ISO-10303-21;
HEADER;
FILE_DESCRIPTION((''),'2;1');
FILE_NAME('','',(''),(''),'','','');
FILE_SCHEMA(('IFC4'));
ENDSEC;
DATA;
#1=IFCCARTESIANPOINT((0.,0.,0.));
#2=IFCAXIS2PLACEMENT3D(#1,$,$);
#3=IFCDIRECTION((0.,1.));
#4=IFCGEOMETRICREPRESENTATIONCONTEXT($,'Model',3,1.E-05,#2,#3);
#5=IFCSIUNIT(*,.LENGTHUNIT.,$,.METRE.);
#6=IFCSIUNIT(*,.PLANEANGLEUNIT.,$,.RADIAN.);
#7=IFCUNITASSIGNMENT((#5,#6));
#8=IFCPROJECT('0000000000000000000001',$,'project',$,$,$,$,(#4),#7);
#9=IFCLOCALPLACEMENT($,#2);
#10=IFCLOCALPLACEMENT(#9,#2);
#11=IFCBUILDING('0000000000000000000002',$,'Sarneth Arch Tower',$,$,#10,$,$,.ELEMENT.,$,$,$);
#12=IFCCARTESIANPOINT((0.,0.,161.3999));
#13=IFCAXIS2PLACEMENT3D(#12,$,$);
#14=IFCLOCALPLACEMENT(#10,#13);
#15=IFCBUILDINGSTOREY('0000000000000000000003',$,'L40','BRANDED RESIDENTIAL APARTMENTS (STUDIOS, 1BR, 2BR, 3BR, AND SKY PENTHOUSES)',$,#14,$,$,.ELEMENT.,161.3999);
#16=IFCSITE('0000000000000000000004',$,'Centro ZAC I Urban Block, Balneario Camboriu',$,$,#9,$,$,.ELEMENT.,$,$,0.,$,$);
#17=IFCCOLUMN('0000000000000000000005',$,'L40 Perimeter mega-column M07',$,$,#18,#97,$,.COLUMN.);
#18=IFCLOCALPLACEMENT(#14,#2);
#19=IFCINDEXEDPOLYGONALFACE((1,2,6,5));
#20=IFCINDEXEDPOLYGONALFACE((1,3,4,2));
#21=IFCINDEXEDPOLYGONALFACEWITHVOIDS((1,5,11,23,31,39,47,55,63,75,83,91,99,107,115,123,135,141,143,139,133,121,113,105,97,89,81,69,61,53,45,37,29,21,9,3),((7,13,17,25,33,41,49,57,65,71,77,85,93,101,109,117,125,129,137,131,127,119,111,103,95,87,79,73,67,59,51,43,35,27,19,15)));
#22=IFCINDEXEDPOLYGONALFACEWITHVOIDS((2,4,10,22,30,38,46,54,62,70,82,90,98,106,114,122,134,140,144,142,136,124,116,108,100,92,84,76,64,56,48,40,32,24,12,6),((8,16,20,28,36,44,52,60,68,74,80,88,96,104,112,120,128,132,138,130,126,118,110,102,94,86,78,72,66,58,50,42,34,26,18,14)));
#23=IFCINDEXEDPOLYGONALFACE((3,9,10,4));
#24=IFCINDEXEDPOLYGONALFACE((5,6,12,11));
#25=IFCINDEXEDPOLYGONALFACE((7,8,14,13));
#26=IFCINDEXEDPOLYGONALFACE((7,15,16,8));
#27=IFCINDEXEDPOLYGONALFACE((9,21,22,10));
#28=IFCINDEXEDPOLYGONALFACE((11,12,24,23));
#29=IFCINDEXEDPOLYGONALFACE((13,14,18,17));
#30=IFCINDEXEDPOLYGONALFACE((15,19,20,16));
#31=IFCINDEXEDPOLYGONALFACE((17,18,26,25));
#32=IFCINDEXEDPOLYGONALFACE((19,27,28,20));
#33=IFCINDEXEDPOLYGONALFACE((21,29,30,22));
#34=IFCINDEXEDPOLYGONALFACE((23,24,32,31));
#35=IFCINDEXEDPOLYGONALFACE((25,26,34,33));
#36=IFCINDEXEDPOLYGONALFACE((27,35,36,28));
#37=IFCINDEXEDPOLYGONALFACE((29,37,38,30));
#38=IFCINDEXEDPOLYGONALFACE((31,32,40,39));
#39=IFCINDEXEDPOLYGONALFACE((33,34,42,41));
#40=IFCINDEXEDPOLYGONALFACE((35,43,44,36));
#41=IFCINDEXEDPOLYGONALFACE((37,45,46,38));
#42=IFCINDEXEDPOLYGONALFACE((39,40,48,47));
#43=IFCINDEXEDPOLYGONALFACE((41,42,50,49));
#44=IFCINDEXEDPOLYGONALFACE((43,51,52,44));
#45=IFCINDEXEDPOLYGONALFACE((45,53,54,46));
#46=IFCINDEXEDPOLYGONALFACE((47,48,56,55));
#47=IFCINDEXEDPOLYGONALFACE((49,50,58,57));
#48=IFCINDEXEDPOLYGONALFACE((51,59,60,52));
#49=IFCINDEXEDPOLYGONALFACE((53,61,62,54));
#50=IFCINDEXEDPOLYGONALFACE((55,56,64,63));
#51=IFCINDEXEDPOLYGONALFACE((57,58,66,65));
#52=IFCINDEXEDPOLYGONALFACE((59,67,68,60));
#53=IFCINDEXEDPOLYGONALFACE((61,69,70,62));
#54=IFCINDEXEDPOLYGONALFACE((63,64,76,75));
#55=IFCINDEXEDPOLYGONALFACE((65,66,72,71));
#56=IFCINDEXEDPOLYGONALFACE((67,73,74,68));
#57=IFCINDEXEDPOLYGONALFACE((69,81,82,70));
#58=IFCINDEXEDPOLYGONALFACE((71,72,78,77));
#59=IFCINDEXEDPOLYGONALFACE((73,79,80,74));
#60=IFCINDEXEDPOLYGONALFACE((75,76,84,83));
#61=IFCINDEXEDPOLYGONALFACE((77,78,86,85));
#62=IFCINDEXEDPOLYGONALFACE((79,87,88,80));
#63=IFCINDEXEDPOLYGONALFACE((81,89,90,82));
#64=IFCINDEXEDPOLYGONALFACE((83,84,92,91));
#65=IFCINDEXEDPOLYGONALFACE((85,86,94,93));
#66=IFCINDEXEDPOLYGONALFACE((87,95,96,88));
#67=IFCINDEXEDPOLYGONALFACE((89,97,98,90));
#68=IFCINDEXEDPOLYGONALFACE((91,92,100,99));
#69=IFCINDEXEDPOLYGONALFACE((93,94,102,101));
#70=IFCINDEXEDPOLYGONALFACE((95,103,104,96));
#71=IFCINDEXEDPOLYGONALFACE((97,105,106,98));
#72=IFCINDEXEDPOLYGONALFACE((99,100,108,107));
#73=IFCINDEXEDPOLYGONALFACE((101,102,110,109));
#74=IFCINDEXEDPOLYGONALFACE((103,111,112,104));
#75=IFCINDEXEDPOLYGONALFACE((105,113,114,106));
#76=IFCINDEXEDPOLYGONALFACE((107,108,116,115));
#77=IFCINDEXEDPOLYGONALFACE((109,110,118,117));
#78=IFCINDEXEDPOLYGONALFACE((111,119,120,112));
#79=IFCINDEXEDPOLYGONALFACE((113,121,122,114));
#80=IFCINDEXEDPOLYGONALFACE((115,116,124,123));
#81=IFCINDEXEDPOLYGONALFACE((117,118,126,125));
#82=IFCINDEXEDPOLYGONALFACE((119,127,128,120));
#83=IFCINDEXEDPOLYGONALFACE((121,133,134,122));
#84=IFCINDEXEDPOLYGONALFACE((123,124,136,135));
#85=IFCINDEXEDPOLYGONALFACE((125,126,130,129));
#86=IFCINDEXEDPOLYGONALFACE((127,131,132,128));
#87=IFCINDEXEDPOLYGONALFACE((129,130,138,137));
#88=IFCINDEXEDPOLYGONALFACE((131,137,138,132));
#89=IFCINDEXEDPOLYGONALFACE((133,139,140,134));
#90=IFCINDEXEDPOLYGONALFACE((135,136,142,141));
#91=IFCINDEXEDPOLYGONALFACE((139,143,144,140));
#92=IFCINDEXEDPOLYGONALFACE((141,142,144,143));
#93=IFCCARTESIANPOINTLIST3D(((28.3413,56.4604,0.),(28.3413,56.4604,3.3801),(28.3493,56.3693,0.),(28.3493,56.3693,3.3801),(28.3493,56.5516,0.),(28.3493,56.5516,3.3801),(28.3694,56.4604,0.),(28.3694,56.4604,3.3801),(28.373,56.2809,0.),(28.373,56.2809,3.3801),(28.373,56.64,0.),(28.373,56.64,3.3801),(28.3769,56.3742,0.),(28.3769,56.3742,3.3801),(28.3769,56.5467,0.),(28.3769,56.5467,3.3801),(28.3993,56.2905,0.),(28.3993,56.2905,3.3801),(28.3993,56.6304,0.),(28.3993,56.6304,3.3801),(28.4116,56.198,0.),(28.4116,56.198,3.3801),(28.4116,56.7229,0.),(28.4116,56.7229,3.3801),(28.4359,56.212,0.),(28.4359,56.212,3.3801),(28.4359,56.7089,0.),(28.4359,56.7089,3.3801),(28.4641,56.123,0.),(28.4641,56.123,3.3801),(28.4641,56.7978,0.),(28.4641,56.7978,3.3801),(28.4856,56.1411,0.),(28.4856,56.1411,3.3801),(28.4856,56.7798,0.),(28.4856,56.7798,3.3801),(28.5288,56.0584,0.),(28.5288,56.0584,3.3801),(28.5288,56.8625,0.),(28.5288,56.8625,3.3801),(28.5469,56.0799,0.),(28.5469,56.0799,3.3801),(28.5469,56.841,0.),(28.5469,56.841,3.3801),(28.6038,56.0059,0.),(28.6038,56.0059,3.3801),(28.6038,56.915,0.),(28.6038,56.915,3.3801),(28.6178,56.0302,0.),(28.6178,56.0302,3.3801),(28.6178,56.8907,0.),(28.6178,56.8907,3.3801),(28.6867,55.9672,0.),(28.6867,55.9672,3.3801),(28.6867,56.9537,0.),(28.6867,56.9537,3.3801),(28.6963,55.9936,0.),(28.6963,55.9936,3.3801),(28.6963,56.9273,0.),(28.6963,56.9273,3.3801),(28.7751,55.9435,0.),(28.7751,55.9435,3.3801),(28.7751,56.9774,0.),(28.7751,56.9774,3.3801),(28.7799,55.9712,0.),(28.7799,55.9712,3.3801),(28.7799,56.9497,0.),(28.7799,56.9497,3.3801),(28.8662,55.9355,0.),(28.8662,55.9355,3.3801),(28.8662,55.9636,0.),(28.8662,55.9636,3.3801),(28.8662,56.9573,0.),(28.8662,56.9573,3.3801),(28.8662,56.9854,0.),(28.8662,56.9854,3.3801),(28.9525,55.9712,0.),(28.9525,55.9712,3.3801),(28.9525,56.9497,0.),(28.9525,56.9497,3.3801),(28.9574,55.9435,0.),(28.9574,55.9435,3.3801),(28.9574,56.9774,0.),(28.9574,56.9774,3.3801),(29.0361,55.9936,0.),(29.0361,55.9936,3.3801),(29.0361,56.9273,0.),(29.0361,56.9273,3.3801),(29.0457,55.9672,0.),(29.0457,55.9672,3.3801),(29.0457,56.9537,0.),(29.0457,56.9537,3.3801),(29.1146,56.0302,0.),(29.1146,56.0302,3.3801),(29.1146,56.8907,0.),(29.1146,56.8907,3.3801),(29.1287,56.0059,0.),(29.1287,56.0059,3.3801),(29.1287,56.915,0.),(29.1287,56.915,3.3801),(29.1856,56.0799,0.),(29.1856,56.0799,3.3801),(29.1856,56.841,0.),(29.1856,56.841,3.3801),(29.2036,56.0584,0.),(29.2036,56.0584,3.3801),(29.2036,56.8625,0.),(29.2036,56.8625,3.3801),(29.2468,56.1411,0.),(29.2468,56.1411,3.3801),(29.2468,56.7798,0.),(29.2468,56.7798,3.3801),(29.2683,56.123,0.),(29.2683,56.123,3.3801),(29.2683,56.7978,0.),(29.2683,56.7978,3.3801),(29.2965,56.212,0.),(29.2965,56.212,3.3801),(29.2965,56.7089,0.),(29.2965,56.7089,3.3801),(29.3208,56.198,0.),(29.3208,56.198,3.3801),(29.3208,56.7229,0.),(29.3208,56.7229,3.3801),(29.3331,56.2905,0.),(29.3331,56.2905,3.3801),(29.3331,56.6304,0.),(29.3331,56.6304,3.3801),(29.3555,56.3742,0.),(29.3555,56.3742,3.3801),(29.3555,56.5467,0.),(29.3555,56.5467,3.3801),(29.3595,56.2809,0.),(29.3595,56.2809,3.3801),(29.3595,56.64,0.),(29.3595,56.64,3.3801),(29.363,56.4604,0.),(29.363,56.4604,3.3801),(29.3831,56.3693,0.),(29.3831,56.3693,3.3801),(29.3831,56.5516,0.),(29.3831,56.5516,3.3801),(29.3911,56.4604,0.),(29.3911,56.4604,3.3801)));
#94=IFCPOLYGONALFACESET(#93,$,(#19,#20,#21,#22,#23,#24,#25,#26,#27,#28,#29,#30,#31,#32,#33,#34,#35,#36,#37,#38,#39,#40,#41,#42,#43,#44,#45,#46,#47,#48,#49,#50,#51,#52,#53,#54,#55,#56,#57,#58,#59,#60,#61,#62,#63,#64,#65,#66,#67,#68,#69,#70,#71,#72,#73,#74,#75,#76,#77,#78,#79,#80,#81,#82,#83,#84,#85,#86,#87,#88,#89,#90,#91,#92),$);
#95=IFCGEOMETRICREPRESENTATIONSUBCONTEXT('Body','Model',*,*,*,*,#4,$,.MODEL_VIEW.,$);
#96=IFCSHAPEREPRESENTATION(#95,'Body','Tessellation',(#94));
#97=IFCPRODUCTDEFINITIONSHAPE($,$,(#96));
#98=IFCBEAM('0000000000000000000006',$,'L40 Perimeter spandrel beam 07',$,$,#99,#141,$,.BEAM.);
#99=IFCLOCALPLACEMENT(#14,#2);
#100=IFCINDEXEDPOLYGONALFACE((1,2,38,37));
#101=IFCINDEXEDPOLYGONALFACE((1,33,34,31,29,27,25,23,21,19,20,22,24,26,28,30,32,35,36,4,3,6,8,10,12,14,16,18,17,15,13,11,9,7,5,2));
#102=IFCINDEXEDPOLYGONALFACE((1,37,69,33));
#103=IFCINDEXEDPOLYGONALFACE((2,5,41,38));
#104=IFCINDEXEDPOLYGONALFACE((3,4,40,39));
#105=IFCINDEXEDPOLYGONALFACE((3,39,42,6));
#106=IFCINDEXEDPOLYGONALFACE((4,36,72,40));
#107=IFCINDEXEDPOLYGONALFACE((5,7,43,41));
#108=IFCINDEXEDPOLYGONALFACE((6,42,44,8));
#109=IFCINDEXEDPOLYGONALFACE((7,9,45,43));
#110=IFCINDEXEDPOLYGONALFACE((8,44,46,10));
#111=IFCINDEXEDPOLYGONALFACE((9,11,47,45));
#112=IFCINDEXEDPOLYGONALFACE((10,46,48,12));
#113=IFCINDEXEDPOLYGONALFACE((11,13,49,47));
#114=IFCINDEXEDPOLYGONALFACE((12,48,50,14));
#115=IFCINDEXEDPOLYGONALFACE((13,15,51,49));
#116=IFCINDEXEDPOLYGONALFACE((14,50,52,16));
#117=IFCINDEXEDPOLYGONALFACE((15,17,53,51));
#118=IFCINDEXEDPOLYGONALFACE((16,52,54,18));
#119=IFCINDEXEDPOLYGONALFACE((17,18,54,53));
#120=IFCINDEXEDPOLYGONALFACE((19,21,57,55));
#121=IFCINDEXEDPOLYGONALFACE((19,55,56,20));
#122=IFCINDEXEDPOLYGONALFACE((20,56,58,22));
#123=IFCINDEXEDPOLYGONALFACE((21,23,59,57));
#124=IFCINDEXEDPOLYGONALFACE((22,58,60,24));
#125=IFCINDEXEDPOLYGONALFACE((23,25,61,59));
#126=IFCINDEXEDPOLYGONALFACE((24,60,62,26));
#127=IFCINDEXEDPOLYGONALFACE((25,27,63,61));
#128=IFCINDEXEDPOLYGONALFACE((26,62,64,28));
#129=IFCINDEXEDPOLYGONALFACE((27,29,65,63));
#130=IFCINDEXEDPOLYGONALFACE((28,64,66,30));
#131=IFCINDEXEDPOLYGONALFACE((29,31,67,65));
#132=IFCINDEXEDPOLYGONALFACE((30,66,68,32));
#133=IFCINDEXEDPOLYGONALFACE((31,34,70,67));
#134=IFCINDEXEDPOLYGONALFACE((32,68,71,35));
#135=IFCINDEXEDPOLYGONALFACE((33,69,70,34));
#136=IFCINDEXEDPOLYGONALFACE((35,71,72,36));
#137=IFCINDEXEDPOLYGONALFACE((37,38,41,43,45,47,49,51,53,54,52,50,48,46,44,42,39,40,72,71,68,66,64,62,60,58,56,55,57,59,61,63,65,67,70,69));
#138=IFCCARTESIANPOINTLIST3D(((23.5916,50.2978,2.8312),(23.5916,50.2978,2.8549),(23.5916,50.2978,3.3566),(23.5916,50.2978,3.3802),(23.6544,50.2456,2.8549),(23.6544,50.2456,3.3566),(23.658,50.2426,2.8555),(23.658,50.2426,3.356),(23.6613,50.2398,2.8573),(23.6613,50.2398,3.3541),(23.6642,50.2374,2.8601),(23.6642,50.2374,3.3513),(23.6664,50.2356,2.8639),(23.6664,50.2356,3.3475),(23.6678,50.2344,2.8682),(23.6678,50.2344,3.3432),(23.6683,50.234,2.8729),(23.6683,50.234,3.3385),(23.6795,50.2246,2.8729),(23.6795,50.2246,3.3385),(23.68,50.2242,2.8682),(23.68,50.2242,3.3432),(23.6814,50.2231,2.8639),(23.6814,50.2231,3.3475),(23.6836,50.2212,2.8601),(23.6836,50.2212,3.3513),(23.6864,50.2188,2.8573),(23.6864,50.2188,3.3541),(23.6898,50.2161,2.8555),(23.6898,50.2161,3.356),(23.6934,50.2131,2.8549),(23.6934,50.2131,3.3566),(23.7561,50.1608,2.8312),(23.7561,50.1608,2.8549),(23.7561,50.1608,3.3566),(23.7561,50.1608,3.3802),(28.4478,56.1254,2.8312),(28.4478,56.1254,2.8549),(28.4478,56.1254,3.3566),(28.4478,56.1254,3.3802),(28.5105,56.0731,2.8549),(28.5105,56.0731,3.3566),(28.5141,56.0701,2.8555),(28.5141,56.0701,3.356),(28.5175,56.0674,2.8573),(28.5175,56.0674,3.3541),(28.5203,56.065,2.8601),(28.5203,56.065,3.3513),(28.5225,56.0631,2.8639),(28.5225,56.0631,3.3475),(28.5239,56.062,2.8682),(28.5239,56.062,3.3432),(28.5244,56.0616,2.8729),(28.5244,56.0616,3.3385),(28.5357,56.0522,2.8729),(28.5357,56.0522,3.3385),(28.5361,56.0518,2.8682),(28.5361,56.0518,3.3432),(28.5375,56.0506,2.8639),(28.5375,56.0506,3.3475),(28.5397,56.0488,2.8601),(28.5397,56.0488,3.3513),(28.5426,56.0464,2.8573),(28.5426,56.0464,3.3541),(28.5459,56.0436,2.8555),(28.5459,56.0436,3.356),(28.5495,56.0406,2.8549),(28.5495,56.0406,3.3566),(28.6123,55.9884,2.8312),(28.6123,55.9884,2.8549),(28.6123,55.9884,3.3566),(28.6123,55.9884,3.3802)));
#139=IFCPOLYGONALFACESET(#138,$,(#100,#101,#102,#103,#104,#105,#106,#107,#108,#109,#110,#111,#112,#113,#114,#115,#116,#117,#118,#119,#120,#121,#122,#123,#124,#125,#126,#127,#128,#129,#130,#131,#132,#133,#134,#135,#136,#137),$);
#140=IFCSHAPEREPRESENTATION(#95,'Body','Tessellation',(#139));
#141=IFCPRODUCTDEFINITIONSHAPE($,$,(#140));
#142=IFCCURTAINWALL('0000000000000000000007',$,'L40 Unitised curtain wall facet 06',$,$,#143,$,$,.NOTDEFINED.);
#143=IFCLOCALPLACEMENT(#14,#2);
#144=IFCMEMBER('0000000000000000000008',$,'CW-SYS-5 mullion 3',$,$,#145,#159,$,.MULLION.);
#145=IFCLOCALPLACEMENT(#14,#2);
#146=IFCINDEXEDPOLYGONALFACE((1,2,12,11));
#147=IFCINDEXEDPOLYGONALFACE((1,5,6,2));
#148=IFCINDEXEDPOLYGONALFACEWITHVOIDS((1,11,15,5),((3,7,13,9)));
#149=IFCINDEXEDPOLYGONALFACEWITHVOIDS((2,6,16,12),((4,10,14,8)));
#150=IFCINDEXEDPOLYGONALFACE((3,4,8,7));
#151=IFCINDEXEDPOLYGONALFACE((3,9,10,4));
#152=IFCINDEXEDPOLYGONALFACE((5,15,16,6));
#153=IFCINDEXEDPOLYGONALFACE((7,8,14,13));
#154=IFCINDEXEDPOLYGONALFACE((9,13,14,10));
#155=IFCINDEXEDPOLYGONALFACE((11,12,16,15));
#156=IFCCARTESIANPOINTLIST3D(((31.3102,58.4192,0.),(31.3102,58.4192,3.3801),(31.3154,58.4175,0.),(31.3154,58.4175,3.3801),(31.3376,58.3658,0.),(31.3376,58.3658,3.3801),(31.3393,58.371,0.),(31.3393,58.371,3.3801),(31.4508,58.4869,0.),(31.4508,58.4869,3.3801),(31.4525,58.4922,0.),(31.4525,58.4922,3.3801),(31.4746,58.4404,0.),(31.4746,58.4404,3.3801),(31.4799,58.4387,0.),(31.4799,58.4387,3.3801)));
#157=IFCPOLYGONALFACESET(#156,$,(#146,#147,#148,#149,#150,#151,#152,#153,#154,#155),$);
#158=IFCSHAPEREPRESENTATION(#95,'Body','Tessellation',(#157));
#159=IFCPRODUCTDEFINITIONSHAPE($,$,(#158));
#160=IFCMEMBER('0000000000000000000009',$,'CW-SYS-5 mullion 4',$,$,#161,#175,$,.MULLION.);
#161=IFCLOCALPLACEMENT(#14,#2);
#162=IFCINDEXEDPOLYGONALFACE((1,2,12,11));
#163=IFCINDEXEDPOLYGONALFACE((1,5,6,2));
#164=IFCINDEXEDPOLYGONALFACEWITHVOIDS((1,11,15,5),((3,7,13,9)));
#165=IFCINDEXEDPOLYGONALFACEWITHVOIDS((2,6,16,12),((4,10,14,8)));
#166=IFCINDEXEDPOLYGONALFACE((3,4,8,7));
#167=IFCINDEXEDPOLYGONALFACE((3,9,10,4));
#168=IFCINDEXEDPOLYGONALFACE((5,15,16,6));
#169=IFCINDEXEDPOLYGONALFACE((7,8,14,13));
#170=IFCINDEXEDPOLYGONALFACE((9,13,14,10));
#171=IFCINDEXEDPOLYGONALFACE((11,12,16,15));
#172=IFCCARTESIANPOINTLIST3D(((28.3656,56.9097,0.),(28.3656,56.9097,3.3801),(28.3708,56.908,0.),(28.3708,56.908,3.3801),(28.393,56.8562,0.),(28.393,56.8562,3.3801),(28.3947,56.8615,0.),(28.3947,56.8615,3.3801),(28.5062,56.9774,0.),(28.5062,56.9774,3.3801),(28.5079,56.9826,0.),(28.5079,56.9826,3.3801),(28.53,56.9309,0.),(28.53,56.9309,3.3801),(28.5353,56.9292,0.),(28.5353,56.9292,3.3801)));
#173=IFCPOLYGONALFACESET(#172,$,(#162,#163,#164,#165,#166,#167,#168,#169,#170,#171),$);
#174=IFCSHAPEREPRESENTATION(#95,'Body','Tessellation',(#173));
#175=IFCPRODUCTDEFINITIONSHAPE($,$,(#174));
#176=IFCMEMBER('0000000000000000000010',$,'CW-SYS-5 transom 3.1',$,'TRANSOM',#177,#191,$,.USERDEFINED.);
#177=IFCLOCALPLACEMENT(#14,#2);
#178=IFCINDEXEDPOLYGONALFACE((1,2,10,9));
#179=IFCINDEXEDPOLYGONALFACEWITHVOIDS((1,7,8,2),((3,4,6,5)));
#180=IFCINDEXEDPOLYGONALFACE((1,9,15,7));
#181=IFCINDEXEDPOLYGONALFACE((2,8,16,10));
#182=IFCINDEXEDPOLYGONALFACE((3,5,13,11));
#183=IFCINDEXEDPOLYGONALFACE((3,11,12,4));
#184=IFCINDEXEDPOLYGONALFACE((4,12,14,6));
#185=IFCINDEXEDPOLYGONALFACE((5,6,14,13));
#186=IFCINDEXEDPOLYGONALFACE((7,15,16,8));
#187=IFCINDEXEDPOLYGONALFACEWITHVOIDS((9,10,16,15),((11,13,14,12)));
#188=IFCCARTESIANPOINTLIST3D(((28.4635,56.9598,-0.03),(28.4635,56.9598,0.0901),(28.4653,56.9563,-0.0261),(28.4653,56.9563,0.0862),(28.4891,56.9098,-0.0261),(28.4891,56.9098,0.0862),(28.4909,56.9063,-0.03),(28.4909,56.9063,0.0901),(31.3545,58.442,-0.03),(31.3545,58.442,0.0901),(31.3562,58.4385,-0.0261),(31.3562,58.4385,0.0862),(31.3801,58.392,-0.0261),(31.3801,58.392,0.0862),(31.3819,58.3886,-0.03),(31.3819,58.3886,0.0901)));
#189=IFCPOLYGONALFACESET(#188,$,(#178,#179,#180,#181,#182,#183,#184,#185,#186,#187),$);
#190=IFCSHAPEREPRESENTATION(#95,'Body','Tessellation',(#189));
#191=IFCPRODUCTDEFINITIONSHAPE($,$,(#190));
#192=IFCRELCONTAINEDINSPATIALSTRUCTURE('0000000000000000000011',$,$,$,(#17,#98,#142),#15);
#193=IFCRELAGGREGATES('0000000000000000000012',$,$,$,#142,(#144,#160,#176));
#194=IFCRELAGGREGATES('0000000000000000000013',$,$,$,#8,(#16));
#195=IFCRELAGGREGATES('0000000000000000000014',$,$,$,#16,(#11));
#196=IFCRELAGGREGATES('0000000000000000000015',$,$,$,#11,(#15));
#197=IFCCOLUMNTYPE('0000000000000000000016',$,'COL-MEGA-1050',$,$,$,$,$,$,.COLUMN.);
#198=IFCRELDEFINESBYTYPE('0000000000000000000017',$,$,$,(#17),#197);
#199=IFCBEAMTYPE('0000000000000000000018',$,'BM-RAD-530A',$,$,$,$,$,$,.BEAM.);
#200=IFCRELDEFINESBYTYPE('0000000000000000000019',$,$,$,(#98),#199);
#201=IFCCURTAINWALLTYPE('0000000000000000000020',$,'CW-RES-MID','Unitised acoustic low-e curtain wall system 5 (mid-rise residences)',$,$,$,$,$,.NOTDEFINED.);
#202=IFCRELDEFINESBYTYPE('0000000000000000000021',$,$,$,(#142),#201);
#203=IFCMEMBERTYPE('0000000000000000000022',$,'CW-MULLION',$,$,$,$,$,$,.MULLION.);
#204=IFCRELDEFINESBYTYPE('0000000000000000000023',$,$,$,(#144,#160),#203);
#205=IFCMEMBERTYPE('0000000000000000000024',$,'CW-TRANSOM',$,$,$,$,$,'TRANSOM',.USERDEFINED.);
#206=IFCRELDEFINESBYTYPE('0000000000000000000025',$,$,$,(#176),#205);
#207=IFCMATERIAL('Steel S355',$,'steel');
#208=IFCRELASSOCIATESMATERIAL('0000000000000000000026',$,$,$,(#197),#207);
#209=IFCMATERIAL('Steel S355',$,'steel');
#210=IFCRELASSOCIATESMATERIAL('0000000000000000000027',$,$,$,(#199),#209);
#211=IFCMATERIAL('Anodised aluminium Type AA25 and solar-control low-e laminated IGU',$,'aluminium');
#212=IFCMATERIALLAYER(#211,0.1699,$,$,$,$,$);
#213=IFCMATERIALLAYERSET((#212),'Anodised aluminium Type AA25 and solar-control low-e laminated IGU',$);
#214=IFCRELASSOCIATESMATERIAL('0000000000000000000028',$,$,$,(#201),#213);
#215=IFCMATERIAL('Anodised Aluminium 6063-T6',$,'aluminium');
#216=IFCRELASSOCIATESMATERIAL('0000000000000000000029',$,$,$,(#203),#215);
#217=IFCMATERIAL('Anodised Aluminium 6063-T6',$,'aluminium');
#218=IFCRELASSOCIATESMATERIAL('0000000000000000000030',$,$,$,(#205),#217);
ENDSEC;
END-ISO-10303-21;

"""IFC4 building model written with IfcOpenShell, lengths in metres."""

from ifc_helpers import new_model, si_unit, direction, frame, origin, origin_2d, place, context, subcontext, project, spatial, hollow_rectangle, hollow_circle, i_section, extrude, material, layer, layer_set, material_profile, profile_set, type_object, element, aggregate, save


model = new_model("IFC4")

# Units and contexts
model_context = context("Model", 3, precision=1e-05, world=origin(), true_north=direction((0.0, 1.0)))
body_context = subcontext(model_context, "Body", "Model", "MODEL_VIEW")
ifc_project = project(units=[si_unit("LENGTHUNIT", "METRE"), si_unit("PLANEANGLEUNIT", "RADIAN")], contexts=[model_context])

# Site, building, storey
site_placement = place(None, origin())
site = spatial("IfcSite", under=ifc_project, at=site_placement, Name="Centro ZAC I Urban Block, Balneario Camboriu", CompositionType="ELEMENT", RefElevation=0.0)
building_placement = place(site_placement, origin())
building = spatial("IfcBuilding", under=site, at=building_placement, Name="Sarneth Arch Tower", CompositionType="ELEMENT")
storey_placement = place(building_placement, frame((0.0, 0.0, 161.3999)))
storey = spatial("IfcBuildingStorey", under=building, at=storey_placement, Name="L40", Description="BRANDED RESIDENTIAL APARTMENTS (STUDIOS, 1BR, 2BR, 3BR, AND SKY PENTHOUSES)", CompositionType="ELEMENT", Elevation=161.3999)

# Column
ifc_material_1 = material(Name="Steel S355", Category="steel")
ifc_material_profile_1 = material_profile(ifc_material_1, hollow_circle(Radius=0.5249, WallThickness=0.0281, at=origin_2d()), Name="CHS1050x28")
ifc_profile_set_1 = profile_set([ifc_material_profile_1], Name="Steel S355")
column_type = type_object("IfcColumnType", Name="COL-MEGA-1050", PredefinedType="COLUMN", material=ifc_profile_set_1)
column_placement = place(storey_placement, frame((28.8662, 56.4604, 0.0), z_axis=(0.0, 0.0, 1.0), x_axis=(1.0, 0.0, 0.0)))
element("IfcColumn", 1, at=column_placement, inside=storey, type_object=column_type, Name="L40 Perimeter mega-column M07", PredefinedType="COLUMN", context=body_context, shape_type="SweptSolid", body=[
    extrude(hollow_circle(Radius=0.5249, WallThickness=0.0281, at=origin_2d()), origin(), (0.0, 0.0, 1.0), 3.3801),
])

# Beam
ifc_material_2 = material(Name="Steel S355", Category="steel")
ifc_material_profile_2 = material_profile(ifc_material_2, i_section(OverallWidth=0.2141, OverallDepth=0.5491, WebThickness=0.0146, FlangeThickness=0.0237, FilletRadius=0.0181, at=origin_2d()), Name="W530x138")
ifc_profile_set_2 = profile_set([ifc_material_profile_2], Name="Steel S355")
beam_type = type_object("IfcBeamType", Name="BM-RAD-530A", PredefinedType="BEAM", material=ifc_profile_set_2)
beam_placement = place(storey_placement, frame((28.53, 56.0569, 3.1057), z_axis=(-0.640172, -0.768232, 0.0), x_axis=(0.768232, -0.640172, 0.0)))
element("IfcBeam", 2, at=beam_placement, inside=storey, type_object=beam_type, Name="L40 Perimeter spandrel beam 07", PredefinedType="BEAM", context=body_context, shape_type="SweptSolid", body=[
    extrude(i_section(OverallWidth=0.2141, OverallDepth=0.5491, WebThickness=0.0146, FlangeThickness=0.0237, FilletRadius=0.0181, at=origin_2d()), origin(), (0.0, 0.0, 1.0), 7.5857),
])

# Curtain wall, members
ifc_material_3 = material(Name="Anodised aluminium Type AA25 and solar-control low-e laminated IGU", Category="aluminium")
ifc_layer_1 = layer(ifc_material_3, 0.1699)
ifc_layer_set_1 = layer_set([ifc_layer_1], Name="Anodised aluminium Type AA25 and solar-control low-e laminated IGU")
curtain_wall_type = type_object("IfcCurtainWallType", Name="CW-RES-MID", Description="Unitised acoustic low-e curtain wall system 5 (mid-rise residences)", PredefinedType="NOTDEFINED", material=ifc_layer_set_1)
curtain_wall_placement = place(storey_placement, origin())
curtain_wall = element("IfcCurtainWall", 3, at=curtain_wall_placement, inside=storey, type_object=curtain_wall_type, Name="L40 Unitised curtain wall facet 06", PredefinedType="NOTDEFINED")
ifc_material_4 = material(Name="Anodised Aluminium 6063-T6", Category="aluminium")
ifc_material_profile_3 = material_profile(ifc_material_4, hollow_rectangle(XDim=0.0601, YDim=0.1599, WallThickness=0.0039, at=origin_2d()), Name="AL-MULL-160x60x4")
ifc_profile_set_3 = profile_set([ifc_material_profile_3], Name="Anodised Aluminium 6063-T6")
member_type_1 = type_object("IfcMemberType", Name="CW-MULLION", PredefinedType="MULLION", material=ifc_profile_set_3)
member_1_placement = place(storey_placement, frame((31.395, 58.429, 0.0), z_axis=(0.0, 0.0, 1.0), x_axis=(0.456208, -0.889873, 0.0)))
member_1 = element("IfcMember", 4, at=member_1_placement, type_object=member_type_1, Name="CW-SYS-5 mullion 3", PredefinedType="MULLION", context=body_context, shape_type="SweptSolid", body=[
    extrude(hollow_rectangle(XDim=0.0601, YDim=0.1599, WallThickness=0.0039, at=origin_2d()), origin(), (0.0, 0.0, 1.0), 3.3801),
])
member_2_placement = place(storey_placement, frame((28.4504, 56.9194, 0.0), z_axis=(0.0, 0.0, 1.0), x_axis=(0.456208, -0.889873, 0.0)))
member_2 = element("IfcMember", 5, at=member_2_placement, type_object=member_type_1, Name="CW-SYS-5 mullion 4", PredefinedType="MULLION", context=body_context, shape_type="SweptSolid", body=[
    extrude(hollow_rectangle(XDim=0.0601, YDim=0.1599, WallThickness=0.0039, at=origin_2d()), origin(), (0.0, 0.0, 1.0), 3.3801),
])
ifc_material_5 = material(Name="Anodised Aluminium 6063-T6", Category="aluminium")
ifc_material_profile_4 = material_profile(ifc_material_5, hollow_rectangle(XDim=0.0601, YDim=0.1201, WallThickness=0.0039, at=origin_2d()), Name="AL-TRAN-120x60x4")
ifc_profile_set_4 = profile_set([ifc_material_profile_4], Name="Anodised Aluminium 6063-T6")
member_type_2 = type_object("IfcMemberType", Name="CW-TRANSOM", ElementType="TRANSOM", PredefinedType="USERDEFINED", material=ifc_profile_set_4)
member_3_placement = place(storey_placement, frame((31.3682, 58.4153, 0.03), z_axis=(-0.889857, -0.456239, 0.0), x_axis=(0.456239, -0.889857, 0.0)))
member_3 = element("IfcMember", 6, at=member_3_placement, type_object=member_type_2, Name="CW-SYS-5 transom 3.1", ObjectType="TRANSOM", PredefinedType="USERDEFINED", context=body_context, shape_type="SweptSolid", body=[
    extrude(hollow_rectangle(XDim=0.0601, YDim=0.1201, WallThickness=0.0039, at=origin_2d()), origin(), (0.0, 0.0, 1.0), 3.2488),
])

aggregate(curtain_wall, [member_1, member_2, member_3])

save(model, "model.ifc")
